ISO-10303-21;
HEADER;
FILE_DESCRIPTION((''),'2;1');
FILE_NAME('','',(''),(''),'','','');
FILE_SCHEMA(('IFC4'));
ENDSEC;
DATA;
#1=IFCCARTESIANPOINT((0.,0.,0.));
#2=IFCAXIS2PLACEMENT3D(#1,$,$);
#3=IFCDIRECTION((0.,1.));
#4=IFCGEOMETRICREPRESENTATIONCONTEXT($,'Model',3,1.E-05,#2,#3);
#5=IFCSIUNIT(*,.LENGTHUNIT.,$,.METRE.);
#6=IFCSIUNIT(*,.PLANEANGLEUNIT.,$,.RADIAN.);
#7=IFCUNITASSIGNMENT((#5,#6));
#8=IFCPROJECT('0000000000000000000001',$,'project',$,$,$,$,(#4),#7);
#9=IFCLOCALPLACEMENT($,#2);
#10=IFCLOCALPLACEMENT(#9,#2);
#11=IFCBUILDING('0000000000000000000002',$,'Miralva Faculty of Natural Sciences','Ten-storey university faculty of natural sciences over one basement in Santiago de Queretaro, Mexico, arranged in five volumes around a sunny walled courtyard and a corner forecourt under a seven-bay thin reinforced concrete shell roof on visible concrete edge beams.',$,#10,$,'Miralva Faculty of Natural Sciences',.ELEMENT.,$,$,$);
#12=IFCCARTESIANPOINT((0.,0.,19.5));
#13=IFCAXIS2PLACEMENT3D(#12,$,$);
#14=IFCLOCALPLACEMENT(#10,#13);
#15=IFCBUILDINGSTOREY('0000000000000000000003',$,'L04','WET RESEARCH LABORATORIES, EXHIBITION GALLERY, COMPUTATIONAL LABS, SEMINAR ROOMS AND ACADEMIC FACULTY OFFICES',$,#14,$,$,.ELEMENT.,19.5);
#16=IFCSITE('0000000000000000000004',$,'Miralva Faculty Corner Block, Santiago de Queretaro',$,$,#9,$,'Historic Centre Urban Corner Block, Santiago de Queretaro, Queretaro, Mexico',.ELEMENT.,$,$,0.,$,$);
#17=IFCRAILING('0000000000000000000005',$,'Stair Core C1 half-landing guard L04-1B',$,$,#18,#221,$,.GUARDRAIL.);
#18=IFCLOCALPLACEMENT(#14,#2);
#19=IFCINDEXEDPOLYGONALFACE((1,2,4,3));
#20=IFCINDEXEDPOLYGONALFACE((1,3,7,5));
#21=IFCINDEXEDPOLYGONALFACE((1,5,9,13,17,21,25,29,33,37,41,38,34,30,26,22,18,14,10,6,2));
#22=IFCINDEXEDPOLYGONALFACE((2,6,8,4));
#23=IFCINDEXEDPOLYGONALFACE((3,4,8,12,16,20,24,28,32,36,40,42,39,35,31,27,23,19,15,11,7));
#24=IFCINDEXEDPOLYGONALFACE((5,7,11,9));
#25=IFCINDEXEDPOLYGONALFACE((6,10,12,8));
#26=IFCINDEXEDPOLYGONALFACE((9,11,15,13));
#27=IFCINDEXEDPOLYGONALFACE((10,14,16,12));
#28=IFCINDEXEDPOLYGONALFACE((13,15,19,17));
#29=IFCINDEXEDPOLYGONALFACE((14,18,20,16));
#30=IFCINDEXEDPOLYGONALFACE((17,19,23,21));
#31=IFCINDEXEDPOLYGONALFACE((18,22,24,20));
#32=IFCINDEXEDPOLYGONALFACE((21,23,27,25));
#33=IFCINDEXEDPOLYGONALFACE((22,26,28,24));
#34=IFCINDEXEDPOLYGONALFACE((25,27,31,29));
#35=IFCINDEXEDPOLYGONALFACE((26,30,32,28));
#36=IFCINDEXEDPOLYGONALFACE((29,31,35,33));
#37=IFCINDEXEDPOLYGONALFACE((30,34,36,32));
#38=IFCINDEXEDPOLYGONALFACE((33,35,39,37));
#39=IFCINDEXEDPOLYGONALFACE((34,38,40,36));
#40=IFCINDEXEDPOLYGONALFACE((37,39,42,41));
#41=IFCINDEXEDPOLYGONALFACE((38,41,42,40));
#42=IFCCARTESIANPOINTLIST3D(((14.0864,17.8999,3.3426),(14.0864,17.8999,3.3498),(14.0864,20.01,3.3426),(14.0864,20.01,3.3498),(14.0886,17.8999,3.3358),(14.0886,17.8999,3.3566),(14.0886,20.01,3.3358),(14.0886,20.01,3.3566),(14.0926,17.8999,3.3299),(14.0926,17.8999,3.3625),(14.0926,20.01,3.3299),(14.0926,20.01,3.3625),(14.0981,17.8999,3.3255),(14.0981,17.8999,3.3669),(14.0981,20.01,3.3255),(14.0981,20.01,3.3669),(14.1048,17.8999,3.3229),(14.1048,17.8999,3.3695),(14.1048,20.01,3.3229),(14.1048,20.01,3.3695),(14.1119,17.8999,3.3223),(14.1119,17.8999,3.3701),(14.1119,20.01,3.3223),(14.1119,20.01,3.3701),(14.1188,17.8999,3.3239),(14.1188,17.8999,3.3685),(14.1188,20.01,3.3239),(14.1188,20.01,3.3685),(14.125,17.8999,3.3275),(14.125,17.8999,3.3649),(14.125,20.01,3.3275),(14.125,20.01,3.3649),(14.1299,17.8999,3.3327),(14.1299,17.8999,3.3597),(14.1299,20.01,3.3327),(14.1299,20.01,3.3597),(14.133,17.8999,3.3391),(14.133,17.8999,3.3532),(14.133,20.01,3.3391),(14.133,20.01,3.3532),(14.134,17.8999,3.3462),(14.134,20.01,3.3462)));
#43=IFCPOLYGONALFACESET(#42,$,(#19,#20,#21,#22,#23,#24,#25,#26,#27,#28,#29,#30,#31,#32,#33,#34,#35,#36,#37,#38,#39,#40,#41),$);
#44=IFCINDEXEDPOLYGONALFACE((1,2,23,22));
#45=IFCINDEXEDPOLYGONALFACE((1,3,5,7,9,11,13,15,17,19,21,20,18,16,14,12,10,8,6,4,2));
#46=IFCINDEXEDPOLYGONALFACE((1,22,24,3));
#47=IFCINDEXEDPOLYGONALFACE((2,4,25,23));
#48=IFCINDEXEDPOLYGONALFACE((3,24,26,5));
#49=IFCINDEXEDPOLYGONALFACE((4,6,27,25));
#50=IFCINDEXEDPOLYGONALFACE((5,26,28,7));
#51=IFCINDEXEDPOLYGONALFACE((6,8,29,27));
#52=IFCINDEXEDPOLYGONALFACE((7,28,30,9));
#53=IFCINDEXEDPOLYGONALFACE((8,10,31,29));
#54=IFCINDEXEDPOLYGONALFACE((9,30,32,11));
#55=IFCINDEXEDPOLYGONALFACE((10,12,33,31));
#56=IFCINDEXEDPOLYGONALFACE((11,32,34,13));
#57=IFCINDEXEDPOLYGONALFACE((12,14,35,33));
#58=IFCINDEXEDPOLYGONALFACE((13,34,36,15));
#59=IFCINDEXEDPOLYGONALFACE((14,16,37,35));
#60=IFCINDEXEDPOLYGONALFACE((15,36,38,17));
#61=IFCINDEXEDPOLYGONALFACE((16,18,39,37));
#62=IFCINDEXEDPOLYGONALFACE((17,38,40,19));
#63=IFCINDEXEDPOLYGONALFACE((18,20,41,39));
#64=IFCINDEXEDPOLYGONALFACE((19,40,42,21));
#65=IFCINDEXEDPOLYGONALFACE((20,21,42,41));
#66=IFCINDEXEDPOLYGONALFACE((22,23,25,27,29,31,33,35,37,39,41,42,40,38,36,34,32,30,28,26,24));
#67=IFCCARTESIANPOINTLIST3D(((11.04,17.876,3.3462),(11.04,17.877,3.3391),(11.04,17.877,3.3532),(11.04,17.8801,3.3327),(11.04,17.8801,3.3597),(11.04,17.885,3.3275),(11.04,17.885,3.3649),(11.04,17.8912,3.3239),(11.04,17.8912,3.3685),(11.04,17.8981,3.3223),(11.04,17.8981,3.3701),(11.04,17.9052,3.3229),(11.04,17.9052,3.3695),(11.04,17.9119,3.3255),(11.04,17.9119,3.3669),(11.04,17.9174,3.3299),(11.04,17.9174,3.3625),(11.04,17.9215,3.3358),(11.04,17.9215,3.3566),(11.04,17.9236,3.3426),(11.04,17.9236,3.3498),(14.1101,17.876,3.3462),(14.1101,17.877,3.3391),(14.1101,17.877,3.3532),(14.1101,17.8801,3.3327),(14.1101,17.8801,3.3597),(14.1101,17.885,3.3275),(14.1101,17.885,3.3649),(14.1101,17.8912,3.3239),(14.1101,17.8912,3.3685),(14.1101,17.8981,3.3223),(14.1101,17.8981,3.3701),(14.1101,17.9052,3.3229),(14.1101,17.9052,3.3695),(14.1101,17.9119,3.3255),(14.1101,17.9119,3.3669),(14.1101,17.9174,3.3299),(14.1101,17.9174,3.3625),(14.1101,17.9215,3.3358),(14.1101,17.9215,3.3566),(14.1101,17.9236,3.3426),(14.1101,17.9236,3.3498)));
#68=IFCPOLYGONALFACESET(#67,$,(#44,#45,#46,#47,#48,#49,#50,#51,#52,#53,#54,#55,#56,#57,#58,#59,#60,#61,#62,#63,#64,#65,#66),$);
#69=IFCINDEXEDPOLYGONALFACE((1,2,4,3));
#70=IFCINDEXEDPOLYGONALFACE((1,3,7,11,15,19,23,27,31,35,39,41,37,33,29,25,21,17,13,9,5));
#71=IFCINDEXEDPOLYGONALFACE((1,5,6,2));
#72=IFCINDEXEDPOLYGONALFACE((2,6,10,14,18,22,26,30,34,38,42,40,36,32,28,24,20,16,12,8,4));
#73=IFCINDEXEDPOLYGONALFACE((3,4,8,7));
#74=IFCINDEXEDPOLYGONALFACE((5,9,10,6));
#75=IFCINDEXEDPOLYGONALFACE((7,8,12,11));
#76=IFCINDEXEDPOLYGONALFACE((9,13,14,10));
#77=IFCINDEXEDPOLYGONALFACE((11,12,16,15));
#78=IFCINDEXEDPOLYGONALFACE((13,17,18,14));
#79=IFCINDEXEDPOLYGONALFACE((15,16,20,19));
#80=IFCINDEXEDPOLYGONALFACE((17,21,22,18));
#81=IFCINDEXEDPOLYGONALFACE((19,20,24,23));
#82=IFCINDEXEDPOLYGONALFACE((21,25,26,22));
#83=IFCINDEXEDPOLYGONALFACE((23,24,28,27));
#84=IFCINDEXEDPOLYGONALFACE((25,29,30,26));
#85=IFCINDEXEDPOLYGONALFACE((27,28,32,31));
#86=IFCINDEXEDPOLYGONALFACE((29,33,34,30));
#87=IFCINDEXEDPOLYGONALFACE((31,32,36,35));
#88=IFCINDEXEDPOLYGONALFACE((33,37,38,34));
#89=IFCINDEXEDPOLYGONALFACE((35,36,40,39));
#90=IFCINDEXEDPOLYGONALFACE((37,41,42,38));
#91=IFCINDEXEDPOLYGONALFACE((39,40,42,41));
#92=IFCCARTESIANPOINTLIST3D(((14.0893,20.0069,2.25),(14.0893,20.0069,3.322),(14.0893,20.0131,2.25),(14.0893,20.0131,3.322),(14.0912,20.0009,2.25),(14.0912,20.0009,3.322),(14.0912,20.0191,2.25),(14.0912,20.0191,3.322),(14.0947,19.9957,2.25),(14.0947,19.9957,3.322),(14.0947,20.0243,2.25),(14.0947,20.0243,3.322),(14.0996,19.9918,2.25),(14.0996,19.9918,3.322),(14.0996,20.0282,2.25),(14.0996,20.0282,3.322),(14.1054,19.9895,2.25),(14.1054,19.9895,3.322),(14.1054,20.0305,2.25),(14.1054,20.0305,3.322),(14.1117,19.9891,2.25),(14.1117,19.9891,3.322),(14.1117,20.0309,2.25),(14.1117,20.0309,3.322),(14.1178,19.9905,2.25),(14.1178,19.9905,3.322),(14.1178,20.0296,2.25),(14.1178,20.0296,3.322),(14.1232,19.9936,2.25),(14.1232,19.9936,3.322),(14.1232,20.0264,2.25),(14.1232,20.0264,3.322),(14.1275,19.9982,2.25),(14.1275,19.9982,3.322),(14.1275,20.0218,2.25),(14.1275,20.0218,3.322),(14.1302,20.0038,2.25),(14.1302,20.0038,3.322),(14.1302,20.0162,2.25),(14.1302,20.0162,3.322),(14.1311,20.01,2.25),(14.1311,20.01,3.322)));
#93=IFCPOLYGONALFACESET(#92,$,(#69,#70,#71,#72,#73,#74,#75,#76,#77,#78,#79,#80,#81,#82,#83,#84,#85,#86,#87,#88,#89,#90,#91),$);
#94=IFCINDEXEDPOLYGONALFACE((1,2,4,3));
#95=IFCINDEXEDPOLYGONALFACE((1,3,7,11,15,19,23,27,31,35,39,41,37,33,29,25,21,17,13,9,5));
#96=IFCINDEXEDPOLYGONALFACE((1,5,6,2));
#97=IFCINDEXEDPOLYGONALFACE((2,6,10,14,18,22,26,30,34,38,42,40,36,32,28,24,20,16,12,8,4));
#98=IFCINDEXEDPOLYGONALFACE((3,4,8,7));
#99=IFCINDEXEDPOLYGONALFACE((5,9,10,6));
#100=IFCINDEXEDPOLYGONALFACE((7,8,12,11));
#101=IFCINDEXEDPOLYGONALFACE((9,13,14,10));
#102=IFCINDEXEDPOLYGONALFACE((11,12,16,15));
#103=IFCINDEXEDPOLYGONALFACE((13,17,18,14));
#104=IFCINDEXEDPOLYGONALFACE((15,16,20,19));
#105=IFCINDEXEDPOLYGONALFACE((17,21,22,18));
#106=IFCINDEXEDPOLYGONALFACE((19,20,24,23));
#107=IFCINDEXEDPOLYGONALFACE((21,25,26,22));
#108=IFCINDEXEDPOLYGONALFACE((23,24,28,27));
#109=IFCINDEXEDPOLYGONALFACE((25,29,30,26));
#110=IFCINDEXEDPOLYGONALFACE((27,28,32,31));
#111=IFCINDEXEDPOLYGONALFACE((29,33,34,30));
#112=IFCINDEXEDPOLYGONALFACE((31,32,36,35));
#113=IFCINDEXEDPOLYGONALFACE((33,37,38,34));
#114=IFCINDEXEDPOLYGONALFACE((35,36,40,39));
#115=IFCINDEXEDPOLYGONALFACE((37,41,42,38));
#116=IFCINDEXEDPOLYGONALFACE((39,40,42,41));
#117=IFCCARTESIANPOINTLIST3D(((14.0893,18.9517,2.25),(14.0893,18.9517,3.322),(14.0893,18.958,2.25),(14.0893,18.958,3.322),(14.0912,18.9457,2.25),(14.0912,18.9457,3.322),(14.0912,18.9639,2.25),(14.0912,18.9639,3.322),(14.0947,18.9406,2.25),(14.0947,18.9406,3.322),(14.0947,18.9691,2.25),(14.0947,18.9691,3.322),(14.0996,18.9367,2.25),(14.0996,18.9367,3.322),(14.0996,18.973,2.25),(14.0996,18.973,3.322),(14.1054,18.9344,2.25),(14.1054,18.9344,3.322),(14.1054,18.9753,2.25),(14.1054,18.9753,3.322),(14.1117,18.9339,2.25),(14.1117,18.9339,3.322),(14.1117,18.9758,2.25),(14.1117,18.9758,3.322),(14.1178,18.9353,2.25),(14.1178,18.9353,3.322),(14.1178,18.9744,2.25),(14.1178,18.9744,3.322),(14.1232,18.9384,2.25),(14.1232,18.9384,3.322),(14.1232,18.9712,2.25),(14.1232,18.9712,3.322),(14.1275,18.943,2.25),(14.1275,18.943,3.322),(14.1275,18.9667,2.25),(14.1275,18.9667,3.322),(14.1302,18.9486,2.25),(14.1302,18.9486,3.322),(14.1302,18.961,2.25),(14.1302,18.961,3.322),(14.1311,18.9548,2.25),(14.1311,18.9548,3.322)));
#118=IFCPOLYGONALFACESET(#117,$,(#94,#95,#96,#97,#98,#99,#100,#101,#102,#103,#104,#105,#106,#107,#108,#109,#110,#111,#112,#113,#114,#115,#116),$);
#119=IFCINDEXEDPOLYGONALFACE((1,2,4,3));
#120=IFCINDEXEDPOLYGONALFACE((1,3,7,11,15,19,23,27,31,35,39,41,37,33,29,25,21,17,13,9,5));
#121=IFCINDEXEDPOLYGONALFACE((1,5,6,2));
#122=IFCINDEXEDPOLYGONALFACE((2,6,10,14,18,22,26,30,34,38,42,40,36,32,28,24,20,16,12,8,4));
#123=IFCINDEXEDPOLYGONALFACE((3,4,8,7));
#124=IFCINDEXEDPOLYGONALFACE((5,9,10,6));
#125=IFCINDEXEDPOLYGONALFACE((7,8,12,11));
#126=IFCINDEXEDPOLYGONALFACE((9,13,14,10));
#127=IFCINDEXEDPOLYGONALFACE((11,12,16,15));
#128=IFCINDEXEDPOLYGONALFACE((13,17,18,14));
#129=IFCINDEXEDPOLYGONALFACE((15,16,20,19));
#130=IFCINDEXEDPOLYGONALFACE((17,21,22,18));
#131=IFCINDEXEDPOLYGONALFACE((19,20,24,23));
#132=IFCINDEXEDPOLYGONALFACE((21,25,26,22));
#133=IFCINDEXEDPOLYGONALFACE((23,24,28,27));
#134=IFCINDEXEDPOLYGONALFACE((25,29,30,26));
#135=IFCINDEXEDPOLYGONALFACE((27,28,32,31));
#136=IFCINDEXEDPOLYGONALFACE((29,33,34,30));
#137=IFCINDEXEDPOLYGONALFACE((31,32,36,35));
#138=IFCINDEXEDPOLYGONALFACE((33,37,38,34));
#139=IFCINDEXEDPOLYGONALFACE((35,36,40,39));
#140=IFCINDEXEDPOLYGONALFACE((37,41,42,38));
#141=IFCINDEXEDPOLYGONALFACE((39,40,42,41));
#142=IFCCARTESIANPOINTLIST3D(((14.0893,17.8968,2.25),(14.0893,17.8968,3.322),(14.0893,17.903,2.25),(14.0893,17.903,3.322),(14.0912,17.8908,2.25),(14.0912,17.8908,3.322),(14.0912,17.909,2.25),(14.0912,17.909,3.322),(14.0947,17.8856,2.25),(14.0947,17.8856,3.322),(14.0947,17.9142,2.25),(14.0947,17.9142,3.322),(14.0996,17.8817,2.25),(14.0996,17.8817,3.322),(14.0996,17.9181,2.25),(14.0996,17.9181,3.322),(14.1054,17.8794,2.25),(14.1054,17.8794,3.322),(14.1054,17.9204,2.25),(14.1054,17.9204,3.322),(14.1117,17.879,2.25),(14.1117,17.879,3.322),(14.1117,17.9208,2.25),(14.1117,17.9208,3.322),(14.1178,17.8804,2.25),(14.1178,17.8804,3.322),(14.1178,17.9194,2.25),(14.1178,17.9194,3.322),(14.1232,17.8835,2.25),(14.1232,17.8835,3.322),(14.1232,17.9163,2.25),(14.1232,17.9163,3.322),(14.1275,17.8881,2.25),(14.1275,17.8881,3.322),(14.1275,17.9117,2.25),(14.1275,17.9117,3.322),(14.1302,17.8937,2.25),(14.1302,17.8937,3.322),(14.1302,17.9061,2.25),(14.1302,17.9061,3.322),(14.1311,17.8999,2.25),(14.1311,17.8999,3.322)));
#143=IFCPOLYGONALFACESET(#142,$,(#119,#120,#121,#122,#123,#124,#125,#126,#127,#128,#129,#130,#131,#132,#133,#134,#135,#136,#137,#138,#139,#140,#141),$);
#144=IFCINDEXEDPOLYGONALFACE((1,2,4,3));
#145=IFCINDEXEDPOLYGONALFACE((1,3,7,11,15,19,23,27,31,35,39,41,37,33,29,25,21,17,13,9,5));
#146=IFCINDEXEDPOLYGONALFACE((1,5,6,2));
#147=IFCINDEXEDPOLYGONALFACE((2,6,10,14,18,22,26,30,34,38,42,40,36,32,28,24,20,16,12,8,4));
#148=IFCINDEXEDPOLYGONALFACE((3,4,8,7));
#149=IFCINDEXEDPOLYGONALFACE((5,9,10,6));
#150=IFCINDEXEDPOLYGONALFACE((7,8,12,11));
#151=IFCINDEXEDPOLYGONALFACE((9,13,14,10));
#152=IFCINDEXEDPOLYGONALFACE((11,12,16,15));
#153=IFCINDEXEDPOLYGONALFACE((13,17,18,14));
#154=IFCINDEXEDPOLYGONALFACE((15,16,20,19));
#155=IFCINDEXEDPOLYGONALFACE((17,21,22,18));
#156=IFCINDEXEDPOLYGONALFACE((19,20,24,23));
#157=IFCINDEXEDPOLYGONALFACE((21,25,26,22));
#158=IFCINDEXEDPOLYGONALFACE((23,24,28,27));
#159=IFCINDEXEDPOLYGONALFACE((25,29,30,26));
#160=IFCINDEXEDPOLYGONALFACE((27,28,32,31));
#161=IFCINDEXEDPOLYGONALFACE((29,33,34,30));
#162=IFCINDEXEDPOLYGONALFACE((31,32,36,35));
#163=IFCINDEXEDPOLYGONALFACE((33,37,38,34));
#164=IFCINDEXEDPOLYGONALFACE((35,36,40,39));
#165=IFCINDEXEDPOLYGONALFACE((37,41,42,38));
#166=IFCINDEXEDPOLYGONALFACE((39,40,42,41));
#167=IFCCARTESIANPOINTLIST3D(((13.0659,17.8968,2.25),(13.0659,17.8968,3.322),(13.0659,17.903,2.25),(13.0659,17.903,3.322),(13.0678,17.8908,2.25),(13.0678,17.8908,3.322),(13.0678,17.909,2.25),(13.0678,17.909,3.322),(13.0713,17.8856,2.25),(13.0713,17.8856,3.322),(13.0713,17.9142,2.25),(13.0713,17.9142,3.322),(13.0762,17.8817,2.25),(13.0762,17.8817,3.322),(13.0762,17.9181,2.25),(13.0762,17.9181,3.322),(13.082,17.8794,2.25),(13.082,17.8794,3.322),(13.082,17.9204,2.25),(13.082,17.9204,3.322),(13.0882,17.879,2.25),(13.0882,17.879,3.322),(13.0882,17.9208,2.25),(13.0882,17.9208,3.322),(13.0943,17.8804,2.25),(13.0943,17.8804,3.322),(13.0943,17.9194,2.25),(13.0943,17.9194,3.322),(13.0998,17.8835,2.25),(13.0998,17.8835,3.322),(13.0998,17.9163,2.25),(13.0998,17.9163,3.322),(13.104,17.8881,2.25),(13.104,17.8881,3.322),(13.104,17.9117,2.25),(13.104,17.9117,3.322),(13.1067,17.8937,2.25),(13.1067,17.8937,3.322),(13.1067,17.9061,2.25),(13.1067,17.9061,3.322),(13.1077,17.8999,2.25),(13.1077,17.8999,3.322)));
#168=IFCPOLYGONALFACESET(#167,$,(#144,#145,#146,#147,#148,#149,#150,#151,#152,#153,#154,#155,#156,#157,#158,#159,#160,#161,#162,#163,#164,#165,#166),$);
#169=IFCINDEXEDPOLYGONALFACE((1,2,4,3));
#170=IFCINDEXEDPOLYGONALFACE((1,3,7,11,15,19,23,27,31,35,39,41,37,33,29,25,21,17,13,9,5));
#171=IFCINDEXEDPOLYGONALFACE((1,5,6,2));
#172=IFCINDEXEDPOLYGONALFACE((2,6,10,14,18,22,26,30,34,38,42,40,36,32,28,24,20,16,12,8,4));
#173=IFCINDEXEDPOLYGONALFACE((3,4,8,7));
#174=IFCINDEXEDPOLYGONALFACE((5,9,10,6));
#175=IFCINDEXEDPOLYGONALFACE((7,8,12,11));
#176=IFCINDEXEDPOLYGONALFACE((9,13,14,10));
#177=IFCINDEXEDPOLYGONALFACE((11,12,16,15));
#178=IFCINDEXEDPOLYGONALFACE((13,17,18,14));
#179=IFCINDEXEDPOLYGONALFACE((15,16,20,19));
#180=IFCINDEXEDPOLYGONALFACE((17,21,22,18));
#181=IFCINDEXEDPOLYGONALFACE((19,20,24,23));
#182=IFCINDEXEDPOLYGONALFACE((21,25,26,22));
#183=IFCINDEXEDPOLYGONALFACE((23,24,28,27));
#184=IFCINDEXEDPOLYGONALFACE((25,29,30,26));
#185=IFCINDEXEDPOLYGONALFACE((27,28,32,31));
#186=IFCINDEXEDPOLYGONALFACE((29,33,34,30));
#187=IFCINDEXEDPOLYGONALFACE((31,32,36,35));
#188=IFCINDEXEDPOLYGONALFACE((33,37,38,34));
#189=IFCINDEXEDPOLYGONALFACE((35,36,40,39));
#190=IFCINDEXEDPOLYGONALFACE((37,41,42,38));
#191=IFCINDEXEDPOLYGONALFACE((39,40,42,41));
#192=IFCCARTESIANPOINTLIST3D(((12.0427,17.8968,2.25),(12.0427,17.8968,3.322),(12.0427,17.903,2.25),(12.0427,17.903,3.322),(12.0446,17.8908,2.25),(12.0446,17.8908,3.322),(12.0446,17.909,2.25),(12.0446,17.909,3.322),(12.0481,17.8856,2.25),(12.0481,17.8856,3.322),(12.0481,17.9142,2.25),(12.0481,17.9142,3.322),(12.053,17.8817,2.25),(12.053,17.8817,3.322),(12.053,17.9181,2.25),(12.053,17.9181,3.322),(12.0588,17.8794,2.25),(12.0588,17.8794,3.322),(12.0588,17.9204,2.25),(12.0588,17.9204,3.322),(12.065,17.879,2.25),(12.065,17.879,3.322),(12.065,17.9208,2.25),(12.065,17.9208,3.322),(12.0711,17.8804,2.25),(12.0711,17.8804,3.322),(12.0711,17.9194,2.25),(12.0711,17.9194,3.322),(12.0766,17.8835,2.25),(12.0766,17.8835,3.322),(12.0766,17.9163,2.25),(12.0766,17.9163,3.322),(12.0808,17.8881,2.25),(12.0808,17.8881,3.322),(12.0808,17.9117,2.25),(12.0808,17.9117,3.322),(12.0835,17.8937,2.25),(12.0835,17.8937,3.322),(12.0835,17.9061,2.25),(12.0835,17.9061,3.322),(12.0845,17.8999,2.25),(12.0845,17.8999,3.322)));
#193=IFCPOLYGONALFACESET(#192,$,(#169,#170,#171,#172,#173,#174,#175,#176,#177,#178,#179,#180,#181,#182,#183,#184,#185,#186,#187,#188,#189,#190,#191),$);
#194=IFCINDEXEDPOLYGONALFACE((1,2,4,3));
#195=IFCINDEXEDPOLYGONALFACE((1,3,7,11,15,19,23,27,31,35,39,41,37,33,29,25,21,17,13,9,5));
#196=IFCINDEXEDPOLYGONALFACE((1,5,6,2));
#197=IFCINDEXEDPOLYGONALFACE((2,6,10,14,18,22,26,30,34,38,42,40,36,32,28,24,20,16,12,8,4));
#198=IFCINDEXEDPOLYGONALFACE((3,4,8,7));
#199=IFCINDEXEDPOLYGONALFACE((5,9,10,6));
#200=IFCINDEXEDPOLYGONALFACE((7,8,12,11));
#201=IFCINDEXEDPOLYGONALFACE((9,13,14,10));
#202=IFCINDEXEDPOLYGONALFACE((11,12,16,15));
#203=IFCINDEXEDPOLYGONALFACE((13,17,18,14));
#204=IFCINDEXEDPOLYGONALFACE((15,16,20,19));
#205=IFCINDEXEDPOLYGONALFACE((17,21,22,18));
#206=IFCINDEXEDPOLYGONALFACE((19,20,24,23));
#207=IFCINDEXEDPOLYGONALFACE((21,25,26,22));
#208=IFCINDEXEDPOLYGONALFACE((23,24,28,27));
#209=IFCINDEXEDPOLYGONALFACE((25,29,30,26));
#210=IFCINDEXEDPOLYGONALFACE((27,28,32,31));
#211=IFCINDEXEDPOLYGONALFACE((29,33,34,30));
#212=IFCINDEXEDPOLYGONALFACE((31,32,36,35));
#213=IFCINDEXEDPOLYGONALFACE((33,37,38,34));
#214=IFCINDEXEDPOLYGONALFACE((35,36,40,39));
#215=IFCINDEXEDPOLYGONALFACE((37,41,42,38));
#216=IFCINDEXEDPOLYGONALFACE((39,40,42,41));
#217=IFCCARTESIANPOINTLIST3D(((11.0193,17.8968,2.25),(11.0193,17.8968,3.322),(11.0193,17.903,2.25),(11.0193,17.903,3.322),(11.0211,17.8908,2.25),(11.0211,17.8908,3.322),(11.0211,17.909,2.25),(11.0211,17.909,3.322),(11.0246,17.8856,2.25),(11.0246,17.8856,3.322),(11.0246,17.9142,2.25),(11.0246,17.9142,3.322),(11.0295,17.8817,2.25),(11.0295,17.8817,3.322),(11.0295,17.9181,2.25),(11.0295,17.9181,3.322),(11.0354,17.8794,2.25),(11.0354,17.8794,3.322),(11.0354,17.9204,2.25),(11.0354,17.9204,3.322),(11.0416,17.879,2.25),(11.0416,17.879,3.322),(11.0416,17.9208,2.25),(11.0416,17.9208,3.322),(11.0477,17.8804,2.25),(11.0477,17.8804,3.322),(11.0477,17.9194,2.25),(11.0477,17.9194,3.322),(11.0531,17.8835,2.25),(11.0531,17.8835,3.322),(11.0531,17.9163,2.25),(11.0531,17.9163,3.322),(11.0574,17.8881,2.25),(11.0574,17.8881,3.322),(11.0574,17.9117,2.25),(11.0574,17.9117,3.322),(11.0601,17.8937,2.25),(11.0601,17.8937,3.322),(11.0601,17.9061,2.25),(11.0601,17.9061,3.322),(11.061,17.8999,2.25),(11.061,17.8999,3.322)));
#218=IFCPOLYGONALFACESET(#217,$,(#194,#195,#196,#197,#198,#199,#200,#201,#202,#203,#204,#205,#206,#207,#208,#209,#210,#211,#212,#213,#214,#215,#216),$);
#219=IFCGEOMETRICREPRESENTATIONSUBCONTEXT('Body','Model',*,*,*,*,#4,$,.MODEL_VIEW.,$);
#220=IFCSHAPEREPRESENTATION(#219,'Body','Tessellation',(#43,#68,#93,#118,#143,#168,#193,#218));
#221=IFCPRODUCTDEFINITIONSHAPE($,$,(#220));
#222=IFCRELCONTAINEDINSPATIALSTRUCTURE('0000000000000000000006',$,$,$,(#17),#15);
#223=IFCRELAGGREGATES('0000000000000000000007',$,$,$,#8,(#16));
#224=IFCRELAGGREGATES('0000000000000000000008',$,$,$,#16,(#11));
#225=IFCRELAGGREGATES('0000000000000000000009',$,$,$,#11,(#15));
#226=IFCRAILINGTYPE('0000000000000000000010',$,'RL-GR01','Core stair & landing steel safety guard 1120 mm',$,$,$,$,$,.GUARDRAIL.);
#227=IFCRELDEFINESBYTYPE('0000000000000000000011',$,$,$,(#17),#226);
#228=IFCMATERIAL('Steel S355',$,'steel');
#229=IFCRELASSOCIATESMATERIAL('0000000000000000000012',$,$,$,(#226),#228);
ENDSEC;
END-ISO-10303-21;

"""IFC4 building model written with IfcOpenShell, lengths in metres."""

from ifc_helpers import new_model, si_unit, direction, frame, origin, origin_2d, place, context, subcontext, project, spatial, circle, extrude, material, type_object, element, save


model = new_model("IFC4")

# Units and contexts
model_context = context("Model", 3, precision=1e-05, world=origin(), true_north=direction((0.0, 1.0)))
body_context = subcontext(model_context, "Body", "Model", "MODEL_VIEW")
ifc_project = project(units=[si_unit("LENGTHUNIT", "METRE"), si_unit("PLANEANGLEUNIT", "RADIAN")], contexts=[model_context])

# Site, building, storey
site_placement = place(None, origin())
site = spatial("IfcSite", under=ifc_project, at=site_placement, Name="Miralva Faculty Corner Block, Santiago de Queretaro", LongName="Historic Centre Urban Corner Block, Santiago de Queretaro, Queretaro, Mexico", CompositionType="ELEMENT", RefElevation=0.0)
building_placement = place(site_placement, origin())
building = spatial("IfcBuilding", under=site, at=building_placement, Name="Miralva Faculty of Natural Sciences", Description="Ten-storey university faculty of natural sciences over one basement in Santiago de Queretaro, Mexico, arranged in five volumes around a sunny walled courtyard and a corner forecourt under a seven-bay thin reinforced concrete shell roof on visible concrete edge beams.", LongName="Miralva Faculty of Natural Sciences", CompositionType="ELEMENT")
storey_placement = place(building_placement, frame((0.0, 0.0, 19.5)))
storey = spatial("IfcBuildingStorey", under=building, at=storey_placement, Name="L04", Description="WET RESEARCH LABORATORIES, EXHIBITION GALLERY, COMPUTATIONAL LABS, SEMINAR ROOMS AND ACADEMIC FACULTY OFFICES", CompositionType="ELEMENT", Elevation=19.5)

# Railing
ifc_material_1 = material(Name="Steel S355", Category="steel")
railing_type = type_object("IfcRailingType", Name="RL-GR01", Description="Core stair & landing steel safety guard 1120 mm", PredefinedType="GUARDRAIL", material=ifc_material_1)
railing_placement = place(storey_placement, frame((14.1101, 20.01, 2.25)))
element("IfcRailing", 1, at=railing_placement, inside=storey, type_object=railing_type, Name="Stair Core C1 half-landing guard L04-1B", PredefinedType="GUARDRAIL", context=body_context, shape_type="SweptSolid", body=[
    extrude(circle(Radius=0.0239, at=origin_2d()), frame((0.0, 0.0, 1.0962), z_axis=(0.0, -1.0, 0.0), x_axis=(1.0, 0.0, 0.0)), (0.0, 0.0, 1.0), 2.1101),
    extrude(circle(Radius=0.0239, at=origin_2d()), frame((0.0, -2.1101, 1.0962), z_axis=(-1.0, 0.0, 0.0), x_axis=(0.0, -1.0, 0.0)), (0.0, 0.0, 1.0), 3.0701),
    extrude(circle(Radius=0.021, at=origin_2d()), origin(), (0.0, 0.0, 1.0), 1.072),
    extrude(circle(Radius=0.021, at=origin_2d()), frame((0.0, -1.0552, 0.0)), (0.0, 0.0, 1.0), 1.072),
    extrude(circle(Radius=0.021, at=origin_2d()), frame((0.0, -2.1101, 0.0)), (0.0, 0.0, 1.0), 1.072),
    extrude(circle(Radius=0.021, at=origin_2d()), frame((-1.0234, -2.1101, 0.0)), (0.0, 0.0, 1.0), 1.072),
    extrude(circle(Radius=0.021, at=origin_2d()), frame((-2.0466, -2.1101, 0.0)), (0.0, 0.0, 1.0), 1.072),
    extrude(circle(Radius=0.021, at=origin_2d()), frame((-3.0701, -2.1101, 0.0)), (0.0, 0.0, 1.0), 1.072),
])

save(model, "model.ifc")
